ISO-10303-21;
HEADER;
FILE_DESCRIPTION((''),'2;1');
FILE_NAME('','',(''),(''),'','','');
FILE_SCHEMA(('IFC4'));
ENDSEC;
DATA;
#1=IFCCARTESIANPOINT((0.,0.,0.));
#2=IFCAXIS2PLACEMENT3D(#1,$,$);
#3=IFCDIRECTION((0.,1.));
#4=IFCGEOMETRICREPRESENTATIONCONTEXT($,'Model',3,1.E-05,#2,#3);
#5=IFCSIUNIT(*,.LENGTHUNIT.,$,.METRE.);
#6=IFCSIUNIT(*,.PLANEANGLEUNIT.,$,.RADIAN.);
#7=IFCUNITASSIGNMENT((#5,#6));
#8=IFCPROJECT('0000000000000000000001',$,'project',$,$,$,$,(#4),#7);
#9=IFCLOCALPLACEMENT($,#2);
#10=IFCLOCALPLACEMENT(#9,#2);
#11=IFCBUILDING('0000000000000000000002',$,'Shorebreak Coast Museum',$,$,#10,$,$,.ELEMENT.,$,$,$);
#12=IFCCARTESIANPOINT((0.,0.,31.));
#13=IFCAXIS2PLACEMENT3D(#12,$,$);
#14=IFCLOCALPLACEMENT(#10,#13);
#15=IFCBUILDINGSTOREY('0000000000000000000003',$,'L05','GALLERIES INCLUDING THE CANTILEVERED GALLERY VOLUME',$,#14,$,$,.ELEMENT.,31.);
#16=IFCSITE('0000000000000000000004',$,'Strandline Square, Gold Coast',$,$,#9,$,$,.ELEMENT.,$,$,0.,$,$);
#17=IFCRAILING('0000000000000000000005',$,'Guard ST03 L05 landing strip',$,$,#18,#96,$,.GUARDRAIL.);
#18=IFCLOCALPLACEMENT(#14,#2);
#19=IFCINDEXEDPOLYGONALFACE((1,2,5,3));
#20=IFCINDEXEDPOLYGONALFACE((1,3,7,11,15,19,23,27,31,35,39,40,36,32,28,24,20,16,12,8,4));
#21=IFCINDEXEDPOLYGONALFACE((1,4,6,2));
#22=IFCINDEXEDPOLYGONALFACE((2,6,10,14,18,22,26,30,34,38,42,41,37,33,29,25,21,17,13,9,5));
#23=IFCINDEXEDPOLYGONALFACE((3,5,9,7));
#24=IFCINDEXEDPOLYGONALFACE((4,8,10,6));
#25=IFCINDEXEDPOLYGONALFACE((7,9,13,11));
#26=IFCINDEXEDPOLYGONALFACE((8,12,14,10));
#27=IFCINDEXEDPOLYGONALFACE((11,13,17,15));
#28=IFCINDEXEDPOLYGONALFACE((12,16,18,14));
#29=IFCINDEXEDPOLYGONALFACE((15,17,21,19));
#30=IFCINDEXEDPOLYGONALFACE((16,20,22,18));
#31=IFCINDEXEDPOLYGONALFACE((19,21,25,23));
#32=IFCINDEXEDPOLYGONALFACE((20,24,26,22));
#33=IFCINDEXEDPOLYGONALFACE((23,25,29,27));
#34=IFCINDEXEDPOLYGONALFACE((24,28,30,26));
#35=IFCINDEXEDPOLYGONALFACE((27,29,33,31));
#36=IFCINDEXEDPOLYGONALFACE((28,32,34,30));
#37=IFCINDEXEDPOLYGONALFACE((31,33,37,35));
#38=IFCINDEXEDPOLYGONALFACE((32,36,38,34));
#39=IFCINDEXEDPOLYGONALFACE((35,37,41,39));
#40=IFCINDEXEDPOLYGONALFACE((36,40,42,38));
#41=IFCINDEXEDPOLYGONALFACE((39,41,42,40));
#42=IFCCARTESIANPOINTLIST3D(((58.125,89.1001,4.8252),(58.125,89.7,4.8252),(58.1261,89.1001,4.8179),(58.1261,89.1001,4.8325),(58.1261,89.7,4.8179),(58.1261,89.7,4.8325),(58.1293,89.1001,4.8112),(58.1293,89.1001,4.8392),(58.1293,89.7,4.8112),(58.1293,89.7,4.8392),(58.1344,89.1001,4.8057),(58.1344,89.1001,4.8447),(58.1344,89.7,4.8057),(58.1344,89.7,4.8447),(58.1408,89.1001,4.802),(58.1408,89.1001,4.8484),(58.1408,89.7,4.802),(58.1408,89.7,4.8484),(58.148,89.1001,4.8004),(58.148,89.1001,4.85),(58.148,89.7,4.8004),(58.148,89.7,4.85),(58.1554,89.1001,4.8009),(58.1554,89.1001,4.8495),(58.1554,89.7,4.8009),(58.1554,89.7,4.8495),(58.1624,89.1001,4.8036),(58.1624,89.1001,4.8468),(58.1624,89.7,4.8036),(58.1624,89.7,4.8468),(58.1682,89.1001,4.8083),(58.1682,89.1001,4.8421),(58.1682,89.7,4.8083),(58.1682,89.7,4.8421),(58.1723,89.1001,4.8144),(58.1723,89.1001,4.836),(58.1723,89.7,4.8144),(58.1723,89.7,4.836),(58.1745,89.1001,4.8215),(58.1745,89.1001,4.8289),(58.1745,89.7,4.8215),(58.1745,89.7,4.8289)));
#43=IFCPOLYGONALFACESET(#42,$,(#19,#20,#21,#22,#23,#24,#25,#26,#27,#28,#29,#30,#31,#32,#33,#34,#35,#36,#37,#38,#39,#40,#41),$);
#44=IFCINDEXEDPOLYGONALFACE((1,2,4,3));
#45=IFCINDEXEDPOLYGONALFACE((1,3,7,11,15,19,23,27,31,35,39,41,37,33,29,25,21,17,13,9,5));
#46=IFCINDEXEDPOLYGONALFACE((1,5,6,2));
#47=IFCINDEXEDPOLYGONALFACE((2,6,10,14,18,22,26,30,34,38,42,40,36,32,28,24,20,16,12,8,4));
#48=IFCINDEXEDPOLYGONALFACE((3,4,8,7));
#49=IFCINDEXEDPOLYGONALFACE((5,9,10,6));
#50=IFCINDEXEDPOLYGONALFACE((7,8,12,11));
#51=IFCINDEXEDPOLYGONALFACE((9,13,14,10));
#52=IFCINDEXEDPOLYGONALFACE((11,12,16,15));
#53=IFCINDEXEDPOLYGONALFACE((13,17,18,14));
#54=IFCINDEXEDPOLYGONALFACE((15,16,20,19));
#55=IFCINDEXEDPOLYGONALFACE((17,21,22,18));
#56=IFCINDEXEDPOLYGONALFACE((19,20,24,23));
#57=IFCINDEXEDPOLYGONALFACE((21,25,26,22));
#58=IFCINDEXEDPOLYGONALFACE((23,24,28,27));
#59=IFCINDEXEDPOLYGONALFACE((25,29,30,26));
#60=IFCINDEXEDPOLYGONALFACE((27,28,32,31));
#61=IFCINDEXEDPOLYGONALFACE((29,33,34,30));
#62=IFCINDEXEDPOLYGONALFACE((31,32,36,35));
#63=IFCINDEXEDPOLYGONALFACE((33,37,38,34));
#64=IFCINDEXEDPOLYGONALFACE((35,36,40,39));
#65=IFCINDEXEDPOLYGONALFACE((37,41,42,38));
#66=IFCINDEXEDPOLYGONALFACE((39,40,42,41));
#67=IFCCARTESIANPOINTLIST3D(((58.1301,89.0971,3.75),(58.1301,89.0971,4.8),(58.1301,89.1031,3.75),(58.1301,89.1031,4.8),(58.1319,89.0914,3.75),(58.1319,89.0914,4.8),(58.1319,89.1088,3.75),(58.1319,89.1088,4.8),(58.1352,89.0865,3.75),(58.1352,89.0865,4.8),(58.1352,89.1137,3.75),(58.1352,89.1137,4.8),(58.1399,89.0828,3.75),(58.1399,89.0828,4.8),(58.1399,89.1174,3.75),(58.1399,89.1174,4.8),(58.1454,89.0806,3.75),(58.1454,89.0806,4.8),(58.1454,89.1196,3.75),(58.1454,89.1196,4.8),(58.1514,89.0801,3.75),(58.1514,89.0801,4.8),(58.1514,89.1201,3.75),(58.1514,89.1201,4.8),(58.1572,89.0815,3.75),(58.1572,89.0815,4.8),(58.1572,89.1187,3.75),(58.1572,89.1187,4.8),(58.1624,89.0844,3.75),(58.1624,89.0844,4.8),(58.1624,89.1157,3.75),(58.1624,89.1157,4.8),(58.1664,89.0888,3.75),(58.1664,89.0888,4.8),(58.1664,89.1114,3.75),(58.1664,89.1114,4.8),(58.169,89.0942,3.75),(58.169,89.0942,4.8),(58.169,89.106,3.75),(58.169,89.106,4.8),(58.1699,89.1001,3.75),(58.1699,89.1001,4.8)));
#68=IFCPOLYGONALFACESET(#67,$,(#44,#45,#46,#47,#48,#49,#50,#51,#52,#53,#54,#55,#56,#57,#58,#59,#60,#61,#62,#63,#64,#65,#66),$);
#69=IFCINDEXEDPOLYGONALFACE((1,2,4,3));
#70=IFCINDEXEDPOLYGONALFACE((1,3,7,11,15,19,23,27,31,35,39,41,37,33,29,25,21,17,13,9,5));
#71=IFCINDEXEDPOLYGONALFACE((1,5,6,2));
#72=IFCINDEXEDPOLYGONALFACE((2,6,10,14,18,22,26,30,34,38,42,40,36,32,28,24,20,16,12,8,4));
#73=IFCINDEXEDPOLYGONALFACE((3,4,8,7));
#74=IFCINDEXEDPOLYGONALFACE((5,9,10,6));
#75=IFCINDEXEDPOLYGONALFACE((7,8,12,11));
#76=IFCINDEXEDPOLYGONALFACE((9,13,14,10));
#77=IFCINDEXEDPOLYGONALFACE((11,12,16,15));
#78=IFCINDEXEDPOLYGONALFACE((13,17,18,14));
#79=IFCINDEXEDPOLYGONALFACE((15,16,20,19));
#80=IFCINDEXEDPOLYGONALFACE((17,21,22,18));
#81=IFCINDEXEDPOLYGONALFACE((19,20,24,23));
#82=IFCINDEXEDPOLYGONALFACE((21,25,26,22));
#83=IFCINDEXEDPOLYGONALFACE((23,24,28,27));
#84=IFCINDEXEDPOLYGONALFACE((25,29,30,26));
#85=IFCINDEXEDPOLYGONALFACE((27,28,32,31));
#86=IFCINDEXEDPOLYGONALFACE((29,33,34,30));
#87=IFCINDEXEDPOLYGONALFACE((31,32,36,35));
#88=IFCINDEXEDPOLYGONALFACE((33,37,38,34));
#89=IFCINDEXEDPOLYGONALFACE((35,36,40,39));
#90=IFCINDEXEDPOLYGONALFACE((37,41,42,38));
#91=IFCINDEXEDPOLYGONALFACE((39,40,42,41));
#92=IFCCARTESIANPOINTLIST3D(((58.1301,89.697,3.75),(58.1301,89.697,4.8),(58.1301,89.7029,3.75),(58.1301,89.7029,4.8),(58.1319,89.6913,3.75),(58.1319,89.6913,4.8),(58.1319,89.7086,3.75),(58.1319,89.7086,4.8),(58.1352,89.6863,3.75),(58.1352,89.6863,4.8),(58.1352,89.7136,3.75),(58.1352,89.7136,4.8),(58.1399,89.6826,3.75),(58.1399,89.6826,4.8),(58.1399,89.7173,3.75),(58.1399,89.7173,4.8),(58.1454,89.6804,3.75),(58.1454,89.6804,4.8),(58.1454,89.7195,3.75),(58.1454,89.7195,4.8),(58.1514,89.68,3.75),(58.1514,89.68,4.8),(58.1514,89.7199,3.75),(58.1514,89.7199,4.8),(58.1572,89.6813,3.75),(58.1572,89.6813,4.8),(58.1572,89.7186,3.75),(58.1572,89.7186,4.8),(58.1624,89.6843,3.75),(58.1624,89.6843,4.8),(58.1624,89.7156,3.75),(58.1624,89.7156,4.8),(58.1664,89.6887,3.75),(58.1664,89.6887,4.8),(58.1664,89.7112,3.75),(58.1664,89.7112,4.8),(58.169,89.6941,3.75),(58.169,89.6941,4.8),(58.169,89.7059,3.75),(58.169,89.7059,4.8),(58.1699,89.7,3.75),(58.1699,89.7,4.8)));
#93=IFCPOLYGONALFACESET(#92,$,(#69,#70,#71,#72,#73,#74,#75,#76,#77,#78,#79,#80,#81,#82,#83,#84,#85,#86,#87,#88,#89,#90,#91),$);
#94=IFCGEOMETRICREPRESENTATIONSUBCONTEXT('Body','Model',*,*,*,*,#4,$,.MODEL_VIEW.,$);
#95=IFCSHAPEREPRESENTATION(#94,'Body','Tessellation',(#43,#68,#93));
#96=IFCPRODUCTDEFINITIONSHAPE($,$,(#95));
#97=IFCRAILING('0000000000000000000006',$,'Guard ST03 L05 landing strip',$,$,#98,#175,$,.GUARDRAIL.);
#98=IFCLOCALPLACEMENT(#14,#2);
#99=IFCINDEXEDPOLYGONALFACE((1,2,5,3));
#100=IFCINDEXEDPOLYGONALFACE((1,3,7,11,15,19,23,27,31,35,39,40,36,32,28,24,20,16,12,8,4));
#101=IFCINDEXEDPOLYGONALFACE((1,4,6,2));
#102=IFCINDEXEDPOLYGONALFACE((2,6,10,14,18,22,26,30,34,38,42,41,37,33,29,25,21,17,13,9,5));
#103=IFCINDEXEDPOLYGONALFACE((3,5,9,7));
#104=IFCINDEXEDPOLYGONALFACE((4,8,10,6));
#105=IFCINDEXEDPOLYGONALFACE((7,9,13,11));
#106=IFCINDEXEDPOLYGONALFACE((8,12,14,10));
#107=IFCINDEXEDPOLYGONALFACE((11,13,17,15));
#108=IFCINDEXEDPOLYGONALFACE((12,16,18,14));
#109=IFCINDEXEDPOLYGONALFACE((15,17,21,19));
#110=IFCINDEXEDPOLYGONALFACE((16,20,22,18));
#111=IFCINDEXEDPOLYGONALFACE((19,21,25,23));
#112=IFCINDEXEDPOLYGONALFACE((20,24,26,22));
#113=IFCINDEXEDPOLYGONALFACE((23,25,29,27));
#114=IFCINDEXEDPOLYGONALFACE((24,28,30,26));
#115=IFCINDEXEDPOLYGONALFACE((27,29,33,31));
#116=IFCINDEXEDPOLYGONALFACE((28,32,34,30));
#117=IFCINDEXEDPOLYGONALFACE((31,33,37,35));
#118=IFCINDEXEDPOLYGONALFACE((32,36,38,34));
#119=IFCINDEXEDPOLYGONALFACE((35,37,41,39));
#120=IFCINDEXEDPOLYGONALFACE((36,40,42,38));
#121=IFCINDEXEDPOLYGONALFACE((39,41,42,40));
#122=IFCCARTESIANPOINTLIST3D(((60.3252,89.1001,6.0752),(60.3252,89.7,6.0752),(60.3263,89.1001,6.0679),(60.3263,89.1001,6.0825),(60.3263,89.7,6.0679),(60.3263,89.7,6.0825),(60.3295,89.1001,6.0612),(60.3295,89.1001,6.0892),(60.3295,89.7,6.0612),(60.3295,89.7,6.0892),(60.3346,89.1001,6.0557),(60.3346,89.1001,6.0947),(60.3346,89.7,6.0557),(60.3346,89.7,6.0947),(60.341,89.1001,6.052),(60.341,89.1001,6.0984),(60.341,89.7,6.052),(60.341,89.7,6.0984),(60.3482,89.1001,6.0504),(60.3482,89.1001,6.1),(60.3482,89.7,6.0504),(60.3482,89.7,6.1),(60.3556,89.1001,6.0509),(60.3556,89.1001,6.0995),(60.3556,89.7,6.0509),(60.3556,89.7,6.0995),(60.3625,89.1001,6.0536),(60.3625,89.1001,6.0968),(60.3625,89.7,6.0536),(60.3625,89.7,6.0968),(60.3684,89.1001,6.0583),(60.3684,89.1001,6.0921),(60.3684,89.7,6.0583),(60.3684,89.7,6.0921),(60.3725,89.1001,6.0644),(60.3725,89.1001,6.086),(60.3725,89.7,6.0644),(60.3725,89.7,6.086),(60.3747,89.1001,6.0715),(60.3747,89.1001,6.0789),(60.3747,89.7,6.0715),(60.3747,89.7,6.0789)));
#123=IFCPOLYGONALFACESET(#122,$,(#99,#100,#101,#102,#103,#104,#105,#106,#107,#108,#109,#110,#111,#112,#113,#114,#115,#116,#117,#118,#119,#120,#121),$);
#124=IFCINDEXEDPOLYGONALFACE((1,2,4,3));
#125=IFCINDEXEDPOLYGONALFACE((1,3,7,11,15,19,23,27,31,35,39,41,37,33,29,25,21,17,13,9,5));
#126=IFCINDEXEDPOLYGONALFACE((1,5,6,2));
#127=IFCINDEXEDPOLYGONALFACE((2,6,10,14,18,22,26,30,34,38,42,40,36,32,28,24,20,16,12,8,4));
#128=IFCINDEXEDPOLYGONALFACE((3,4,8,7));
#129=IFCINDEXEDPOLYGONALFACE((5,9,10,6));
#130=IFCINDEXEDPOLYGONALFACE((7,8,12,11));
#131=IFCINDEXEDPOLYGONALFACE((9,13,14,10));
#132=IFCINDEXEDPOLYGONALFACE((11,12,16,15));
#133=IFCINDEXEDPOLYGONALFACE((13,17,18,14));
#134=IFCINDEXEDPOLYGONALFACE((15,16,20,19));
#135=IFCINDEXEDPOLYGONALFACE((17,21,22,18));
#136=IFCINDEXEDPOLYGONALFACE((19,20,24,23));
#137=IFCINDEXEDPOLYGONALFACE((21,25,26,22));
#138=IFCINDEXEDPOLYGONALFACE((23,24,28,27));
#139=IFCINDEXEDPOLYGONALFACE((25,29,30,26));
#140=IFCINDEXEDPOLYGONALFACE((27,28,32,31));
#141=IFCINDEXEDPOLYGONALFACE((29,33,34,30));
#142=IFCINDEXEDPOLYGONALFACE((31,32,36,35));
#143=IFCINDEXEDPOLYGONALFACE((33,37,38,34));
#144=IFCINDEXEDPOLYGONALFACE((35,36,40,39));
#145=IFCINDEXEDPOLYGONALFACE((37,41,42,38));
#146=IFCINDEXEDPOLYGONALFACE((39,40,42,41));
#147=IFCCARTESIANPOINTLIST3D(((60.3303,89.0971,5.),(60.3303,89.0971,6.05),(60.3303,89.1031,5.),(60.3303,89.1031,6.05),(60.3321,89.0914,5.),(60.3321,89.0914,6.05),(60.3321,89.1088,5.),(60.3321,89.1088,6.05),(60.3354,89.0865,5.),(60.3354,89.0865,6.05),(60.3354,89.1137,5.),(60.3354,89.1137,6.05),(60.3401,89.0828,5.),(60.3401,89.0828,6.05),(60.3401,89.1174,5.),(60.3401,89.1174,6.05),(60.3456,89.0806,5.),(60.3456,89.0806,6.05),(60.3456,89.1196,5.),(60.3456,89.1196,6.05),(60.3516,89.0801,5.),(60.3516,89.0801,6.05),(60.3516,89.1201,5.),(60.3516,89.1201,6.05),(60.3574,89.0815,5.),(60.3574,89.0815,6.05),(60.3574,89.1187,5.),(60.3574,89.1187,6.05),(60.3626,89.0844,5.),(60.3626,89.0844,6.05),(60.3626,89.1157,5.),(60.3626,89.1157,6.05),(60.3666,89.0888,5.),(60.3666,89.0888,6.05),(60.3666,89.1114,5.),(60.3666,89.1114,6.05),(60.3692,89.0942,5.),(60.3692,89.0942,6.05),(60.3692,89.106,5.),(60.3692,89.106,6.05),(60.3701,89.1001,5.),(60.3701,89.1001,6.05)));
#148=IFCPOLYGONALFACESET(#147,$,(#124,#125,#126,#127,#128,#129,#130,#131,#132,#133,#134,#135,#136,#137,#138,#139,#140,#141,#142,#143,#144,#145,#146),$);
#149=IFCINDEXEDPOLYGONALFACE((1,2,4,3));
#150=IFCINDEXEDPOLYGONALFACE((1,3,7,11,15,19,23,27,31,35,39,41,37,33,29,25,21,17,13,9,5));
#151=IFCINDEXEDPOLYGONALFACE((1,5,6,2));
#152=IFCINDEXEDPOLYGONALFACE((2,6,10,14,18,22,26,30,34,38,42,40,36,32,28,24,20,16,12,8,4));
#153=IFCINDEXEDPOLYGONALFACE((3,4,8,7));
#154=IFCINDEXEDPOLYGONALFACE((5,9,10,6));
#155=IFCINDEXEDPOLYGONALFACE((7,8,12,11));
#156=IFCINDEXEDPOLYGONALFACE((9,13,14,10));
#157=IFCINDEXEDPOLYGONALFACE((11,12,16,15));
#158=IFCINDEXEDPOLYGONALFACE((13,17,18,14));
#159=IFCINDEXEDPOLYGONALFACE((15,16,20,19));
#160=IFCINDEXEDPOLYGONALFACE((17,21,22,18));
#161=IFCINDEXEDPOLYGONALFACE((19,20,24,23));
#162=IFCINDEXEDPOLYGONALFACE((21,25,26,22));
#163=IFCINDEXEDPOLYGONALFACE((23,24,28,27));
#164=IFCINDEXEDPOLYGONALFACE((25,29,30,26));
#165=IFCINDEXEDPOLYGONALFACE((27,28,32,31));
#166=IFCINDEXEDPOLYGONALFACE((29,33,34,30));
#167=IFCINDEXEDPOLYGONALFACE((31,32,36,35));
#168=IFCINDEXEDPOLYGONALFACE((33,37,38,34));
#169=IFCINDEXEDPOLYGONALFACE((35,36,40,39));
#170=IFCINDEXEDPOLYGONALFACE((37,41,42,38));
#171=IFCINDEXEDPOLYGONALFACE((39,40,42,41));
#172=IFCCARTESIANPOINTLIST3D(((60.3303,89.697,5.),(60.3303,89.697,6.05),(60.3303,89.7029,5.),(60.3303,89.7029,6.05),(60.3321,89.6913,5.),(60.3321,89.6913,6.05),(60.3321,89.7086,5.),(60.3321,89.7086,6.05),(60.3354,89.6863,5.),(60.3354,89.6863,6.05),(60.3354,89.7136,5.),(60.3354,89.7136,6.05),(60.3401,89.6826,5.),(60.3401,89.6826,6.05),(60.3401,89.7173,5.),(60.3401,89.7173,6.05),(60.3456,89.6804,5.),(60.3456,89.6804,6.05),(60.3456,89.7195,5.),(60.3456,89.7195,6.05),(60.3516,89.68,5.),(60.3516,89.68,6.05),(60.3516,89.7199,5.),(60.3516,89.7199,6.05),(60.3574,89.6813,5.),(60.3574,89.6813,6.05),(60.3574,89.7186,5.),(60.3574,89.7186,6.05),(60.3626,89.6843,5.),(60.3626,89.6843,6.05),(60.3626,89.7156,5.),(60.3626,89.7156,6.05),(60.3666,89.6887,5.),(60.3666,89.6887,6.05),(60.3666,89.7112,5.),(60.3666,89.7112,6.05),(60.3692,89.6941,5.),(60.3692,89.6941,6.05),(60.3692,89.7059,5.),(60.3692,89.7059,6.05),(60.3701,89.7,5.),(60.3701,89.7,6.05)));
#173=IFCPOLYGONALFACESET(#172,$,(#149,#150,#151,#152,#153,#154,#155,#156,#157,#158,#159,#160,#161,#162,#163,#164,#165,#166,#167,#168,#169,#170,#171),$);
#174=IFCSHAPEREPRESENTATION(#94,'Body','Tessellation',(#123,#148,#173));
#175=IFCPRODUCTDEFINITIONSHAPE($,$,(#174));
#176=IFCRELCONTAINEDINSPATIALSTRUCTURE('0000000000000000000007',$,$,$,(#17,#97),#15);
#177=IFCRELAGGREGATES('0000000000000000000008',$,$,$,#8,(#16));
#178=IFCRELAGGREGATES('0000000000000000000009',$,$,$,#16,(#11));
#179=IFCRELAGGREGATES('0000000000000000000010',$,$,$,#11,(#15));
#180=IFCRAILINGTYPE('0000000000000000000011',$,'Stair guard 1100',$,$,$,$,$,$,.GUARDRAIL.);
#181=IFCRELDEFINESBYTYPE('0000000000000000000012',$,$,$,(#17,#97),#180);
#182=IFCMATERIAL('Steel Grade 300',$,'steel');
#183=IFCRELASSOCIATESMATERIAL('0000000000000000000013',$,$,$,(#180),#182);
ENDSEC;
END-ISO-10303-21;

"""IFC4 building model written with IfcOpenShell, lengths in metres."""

from ifc_helpers import new_model, si_unit, direction, frame, origin, origin_2d, place, context, subcontext, project, spatial, circle, extrude, material, type_object, element, save


model = new_model("IFC4")

# Units and contexts
model_context = context("Model", 3, precision=1e-05, world=origin(), true_north=direction((0.0, 1.0)))
body_context = subcontext(model_context, "Body", "Model", "MODEL_VIEW")
ifc_project = project(units=[si_unit("LENGTHUNIT", "METRE"), si_unit("PLANEANGLEUNIT", "RADIAN")], contexts=[model_context])

# Site, building, storey
site_placement = place(None, origin())
site = spatial("IfcSite", under=ifc_project, at=site_placement, Name="Strandline Square, Gold Coast", CompositionType="ELEMENT", RefElevation=0.0)
building_placement = place(site_placement, origin())
building = spatial("IfcBuilding", under=site, at=building_placement, Name="Shorebreak Coast Museum", CompositionType="ELEMENT")
storey_placement = place(building_placement, frame((0.0, 0.0, 31.0)))
storey = spatial("IfcBuildingStorey", under=building, at=storey_placement, Name="L05", Description="GALLERIES INCLUDING THE CANTILEVERED GALLERY VOLUME", CompositionType="ELEMENT", Elevation=31.0)

# Railings
ifc_material_1 = material(Name="Steel Grade 300", Category="steel")
railing_type_1 = type_object("IfcRailingType", Name="Stair guard 1100", PredefinedType="GUARDRAIL", material=ifc_material_1)
for number, where, name in (
    (1, (58.1499, 89.1001, 3.75), "Guard ST03 L05 landing strip"),
    (2, (60.3501, 89.1001, 5.0), "Guard ST03 L05 landing strip"),
):
    element("IfcRailing", number, at=place(storey_placement, frame(where)), inside=storey, type_object=railing_type_1, Name=name, PredefinedType="GUARDRAIL", context=body_context, shape_type="SweptSolid", body=[
        extrude(circle(Radius=0.0249, at=origin_2d()), frame((0.0, 0.0, 1.0752), z_axis=(0.0, 1.0, 0.0), x_axis=(-1.0, 0.0, 0.0)), (0.0, 0.0, 1.0), 0.5999),
        extrude(circle(Radius=0.02, at=origin_2d()), origin(), (0.0, 0.0, 1.0), 1.05),
        extrude(circle(Radius=0.02, at=origin_2d()), frame((0.0, 0.5999, 0.0)), (0.0, 0.0, 1.0), 1.05),
    ])

save(model, "model.ifc")
